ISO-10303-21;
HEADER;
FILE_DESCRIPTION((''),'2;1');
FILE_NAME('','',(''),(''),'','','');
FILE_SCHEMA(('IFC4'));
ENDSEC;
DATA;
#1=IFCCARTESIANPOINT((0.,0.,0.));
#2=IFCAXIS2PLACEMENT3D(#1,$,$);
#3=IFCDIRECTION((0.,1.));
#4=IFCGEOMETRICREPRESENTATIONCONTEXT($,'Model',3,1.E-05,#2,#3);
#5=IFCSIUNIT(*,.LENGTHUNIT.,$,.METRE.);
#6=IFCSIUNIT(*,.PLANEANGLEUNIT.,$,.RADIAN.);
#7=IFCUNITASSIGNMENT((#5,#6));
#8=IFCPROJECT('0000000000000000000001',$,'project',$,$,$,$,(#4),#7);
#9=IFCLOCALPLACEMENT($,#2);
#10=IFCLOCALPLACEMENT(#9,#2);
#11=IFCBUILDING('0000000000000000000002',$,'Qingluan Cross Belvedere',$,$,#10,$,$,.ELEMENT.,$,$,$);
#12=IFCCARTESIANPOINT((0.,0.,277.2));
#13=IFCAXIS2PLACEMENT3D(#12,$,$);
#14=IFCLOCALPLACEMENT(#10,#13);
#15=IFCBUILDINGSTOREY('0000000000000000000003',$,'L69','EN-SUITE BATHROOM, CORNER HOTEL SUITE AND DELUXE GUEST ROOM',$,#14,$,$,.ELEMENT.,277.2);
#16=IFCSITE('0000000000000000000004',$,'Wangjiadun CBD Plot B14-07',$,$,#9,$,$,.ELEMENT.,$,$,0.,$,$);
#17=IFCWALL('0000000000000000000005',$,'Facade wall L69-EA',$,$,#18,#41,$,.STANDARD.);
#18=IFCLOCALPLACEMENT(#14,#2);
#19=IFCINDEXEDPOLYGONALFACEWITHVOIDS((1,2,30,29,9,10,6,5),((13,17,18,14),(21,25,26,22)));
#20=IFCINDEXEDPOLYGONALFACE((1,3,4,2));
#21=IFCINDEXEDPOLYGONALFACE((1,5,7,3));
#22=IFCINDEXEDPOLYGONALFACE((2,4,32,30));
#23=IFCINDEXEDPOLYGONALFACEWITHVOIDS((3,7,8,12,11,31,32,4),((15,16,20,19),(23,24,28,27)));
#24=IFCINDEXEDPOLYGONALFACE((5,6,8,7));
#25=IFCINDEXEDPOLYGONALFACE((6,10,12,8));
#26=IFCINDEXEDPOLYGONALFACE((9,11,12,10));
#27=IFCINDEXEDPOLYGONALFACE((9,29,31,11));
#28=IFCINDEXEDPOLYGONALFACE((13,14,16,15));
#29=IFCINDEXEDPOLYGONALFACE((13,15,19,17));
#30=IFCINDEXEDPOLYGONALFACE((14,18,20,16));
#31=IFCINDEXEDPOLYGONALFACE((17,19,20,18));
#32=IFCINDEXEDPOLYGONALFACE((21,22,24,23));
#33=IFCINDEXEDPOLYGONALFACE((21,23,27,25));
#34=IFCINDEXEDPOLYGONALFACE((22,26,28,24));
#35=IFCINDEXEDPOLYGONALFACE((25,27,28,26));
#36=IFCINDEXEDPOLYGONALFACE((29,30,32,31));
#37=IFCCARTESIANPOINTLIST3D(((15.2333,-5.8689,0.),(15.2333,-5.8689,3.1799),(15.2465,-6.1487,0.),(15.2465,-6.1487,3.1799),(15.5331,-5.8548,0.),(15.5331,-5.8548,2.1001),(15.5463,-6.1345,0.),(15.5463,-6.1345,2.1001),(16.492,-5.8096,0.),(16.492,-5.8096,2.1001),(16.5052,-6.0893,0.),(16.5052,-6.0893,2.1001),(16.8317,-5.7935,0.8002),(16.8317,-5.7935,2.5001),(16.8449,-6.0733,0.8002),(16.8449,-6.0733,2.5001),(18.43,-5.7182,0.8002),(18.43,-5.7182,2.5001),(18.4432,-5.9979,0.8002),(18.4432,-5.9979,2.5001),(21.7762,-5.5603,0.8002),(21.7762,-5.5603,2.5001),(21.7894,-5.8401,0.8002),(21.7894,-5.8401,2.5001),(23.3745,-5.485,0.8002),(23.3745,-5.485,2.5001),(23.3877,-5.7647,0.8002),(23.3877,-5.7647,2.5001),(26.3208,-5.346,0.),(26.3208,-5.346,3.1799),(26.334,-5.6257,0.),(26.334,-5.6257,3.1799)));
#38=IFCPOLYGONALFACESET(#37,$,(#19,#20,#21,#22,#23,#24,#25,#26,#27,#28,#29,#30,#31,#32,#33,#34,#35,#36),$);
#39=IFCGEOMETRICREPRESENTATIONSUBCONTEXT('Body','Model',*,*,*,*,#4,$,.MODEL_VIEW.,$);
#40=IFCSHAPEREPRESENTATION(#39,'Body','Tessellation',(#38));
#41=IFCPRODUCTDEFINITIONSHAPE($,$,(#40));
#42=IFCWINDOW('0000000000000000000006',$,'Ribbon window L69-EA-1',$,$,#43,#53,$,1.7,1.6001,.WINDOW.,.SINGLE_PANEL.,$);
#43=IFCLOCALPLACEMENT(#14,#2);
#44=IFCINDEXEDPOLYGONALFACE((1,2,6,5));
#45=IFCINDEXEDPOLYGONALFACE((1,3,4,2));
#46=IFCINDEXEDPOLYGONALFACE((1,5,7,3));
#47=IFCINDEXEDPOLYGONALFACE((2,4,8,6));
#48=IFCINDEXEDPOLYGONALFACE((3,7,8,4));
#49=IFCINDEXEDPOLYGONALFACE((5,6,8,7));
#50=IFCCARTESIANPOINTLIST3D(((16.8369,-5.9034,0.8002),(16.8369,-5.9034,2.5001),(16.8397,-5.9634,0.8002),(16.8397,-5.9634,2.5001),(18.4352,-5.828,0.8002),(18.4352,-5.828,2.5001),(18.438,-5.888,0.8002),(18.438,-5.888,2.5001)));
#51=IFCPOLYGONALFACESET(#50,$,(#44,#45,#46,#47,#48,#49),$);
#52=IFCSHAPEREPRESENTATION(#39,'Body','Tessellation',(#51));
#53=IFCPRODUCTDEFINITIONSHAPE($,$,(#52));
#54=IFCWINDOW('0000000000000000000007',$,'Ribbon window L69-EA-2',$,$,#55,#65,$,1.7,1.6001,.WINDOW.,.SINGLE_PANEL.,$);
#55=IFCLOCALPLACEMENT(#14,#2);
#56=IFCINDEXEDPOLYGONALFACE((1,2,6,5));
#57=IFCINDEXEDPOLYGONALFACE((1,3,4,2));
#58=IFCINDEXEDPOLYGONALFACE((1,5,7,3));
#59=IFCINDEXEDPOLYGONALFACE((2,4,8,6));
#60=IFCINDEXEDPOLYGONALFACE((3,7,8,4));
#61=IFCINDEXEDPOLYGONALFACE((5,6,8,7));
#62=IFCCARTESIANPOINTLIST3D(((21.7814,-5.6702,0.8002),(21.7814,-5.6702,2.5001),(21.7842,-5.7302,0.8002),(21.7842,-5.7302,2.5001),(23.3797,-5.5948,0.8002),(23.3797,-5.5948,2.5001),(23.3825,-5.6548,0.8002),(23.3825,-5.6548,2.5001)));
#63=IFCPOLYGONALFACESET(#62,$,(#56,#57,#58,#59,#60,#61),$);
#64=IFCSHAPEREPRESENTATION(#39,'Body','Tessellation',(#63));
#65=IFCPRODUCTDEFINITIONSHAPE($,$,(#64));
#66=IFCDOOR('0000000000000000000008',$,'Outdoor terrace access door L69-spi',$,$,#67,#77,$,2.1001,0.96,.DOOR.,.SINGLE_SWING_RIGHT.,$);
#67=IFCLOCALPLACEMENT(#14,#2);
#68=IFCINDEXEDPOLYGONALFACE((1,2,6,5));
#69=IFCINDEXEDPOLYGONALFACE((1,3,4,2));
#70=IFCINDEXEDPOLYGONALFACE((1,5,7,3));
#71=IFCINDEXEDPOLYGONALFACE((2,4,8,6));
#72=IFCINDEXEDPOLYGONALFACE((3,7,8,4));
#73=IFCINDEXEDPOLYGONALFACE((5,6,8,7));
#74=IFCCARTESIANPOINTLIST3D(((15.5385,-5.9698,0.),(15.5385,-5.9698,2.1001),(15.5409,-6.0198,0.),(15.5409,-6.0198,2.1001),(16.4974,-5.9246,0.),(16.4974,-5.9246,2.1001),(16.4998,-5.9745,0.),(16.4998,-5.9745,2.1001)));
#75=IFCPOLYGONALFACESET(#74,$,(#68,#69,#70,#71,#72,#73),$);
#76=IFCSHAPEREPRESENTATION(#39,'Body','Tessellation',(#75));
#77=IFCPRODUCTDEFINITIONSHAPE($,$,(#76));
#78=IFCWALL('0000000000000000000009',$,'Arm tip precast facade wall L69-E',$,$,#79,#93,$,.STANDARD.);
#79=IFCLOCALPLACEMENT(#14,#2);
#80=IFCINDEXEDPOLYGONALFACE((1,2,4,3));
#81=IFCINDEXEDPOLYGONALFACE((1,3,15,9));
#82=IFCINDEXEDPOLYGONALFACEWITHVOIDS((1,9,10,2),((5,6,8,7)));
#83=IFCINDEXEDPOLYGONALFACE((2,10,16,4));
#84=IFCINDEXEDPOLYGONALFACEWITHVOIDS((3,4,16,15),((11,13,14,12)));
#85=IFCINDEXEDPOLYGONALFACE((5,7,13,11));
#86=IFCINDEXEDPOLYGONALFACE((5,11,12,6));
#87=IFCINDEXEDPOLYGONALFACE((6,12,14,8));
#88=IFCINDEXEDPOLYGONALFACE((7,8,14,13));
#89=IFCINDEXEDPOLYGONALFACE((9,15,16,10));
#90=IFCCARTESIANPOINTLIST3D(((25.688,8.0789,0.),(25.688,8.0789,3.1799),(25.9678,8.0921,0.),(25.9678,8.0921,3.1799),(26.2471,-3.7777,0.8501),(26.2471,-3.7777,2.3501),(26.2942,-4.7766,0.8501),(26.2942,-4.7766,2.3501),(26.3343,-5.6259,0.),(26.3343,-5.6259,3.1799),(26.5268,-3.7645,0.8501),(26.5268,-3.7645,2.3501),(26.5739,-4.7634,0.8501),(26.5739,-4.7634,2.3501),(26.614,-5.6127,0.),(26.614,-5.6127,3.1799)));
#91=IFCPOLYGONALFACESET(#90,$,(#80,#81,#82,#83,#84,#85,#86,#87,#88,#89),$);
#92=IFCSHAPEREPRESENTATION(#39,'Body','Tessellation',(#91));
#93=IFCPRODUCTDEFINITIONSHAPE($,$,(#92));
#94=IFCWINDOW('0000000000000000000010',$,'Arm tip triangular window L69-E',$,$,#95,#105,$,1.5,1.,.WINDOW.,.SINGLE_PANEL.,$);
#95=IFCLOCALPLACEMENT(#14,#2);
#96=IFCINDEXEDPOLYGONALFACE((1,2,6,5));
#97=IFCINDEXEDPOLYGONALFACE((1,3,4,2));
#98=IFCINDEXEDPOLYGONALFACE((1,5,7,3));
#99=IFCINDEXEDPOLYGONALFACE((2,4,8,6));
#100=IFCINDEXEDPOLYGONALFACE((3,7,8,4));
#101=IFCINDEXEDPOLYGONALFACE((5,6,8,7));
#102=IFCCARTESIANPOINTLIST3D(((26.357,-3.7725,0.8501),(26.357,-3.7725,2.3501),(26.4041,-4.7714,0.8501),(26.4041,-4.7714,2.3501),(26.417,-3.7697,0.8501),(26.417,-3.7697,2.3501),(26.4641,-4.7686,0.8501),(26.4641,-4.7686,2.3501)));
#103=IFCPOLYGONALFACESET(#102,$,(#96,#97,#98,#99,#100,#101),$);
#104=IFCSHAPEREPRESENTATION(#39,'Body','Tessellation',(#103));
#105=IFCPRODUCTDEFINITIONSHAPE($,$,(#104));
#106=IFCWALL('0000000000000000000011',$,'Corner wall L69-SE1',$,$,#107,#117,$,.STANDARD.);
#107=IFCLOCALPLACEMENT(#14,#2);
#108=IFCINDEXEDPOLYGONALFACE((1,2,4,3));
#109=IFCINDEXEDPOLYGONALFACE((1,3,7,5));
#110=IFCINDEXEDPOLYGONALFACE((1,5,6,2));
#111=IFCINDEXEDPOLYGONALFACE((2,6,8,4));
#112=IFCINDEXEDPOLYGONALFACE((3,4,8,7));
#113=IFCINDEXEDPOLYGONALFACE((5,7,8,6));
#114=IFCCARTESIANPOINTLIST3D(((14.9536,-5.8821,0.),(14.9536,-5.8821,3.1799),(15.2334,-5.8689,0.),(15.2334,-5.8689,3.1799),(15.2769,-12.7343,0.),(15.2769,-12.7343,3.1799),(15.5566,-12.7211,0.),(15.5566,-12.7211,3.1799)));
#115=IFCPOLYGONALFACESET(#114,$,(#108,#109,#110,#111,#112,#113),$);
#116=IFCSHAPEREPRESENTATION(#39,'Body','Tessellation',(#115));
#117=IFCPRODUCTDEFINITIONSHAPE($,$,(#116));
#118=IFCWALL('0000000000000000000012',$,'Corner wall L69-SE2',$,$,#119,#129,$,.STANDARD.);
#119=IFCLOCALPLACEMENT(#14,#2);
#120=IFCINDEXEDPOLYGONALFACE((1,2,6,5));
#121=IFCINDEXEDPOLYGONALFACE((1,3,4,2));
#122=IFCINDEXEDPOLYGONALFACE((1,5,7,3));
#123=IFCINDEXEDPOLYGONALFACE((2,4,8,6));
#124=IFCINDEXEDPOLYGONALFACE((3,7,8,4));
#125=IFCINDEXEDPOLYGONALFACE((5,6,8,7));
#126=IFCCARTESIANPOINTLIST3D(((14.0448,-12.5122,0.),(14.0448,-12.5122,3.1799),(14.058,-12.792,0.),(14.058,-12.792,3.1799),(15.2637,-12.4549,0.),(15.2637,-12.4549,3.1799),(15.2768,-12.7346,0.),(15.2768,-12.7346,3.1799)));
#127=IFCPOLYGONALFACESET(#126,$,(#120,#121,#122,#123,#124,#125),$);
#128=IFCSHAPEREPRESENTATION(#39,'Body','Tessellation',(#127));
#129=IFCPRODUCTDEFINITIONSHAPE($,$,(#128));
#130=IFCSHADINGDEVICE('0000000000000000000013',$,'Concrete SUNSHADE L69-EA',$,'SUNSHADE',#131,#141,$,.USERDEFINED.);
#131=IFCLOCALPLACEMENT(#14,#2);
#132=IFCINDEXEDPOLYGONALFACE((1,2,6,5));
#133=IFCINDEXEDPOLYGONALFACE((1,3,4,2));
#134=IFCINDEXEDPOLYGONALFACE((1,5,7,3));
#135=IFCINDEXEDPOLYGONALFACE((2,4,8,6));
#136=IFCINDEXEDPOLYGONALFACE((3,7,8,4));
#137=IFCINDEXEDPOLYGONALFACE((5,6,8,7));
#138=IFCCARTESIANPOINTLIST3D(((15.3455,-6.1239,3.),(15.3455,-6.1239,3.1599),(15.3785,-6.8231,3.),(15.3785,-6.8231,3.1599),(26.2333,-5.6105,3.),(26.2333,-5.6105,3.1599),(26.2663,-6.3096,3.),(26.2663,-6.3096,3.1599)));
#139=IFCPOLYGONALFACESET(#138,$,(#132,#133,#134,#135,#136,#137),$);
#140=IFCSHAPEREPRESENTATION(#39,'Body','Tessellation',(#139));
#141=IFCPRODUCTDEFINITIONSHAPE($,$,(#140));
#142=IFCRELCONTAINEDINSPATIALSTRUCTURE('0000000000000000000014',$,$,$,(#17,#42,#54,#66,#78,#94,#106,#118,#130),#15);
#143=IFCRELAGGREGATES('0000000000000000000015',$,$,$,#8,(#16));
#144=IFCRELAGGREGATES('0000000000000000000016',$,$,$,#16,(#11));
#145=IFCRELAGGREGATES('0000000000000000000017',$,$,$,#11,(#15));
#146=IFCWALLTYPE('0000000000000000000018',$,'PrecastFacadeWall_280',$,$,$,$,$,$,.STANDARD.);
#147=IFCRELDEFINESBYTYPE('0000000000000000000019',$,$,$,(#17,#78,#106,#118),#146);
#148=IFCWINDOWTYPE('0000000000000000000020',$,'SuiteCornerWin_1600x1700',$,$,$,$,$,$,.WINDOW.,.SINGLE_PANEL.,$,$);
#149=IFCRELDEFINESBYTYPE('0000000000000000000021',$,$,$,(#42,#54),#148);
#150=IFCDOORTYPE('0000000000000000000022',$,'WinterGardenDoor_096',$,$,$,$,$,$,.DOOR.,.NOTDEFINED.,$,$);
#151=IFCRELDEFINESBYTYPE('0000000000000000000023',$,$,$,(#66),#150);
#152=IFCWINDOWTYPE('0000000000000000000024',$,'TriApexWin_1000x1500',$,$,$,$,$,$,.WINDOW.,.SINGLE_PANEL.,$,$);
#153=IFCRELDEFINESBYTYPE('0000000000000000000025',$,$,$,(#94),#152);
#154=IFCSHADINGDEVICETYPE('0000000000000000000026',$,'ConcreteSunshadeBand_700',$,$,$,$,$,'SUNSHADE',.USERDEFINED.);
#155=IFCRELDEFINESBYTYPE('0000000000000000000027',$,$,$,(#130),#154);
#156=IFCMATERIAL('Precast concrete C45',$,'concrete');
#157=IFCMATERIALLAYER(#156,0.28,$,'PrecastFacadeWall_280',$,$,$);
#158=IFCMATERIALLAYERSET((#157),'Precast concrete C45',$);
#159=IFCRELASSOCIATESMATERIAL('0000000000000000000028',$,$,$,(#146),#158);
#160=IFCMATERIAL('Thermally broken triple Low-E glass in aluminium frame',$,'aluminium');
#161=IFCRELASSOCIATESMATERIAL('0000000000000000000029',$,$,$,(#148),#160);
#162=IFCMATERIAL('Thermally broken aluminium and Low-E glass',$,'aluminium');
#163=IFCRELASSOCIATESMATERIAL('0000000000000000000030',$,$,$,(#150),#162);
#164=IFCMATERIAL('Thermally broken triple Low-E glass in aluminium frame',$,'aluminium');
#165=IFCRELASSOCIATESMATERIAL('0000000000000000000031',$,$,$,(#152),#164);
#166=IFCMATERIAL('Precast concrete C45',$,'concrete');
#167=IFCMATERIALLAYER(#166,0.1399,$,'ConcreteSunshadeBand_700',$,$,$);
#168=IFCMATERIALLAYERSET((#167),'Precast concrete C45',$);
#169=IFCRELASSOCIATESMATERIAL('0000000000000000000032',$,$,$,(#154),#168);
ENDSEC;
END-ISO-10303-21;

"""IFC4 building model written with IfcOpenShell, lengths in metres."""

from ifc_helpers import new_model, si_unit, direction, frame, frame_2d, origin, origin_2d, place, context, subcontext, project, spatial, rectangle, extrude, material, layer, layer_set, type_object, element, fill, save


model = new_model("IFC4")

# Units and contexts
model_context = context("Model", 3, precision=1e-05, world=origin(), true_north=direction((0.0, 1.0)))
body_context = subcontext(model_context, "Body", "Model", "MODEL_VIEW")
ifc_project = project(units=[si_unit("LENGTHUNIT", "METRE"), si_unit("PLANEANGLEUNIT", "RADIAN")], contexts=[model_context])

# Site, building, storey
site_placement = place(None, origin())
site = spatial("IfcSite", under=ifc_project, at=site_placement, Name="Wangjiadun CBD Plot B14-07", CompositionType="ELEMENT", RefElevation=0.0)
building_placement = place(site_placement, origin())
building = spatial("IfcBuilding", under=site, at=building_placement, Name="Qingluan Cross Belvedere", CompositionType="ELEMENT")
storey_placement = place(building_placement, frame((0.0, 0.0, 277.2)))
storey = spatial("IfcBuildingStorey", under=building, at=storey_placement, Name="L69", Description="EN-SUITE BATHROOM, CORNER HOTEL SUITE AND DELUXE GUEST ROOM", CompositionType="ELEMENT", Elevation=277.2)

# Wall, openings, windows, door
ifc_material_1 = material(Name="Precast concrete C45", Category="concrete")
ifc_layer_1 = layer(ifc_material_1, 0.28, Name="PrecastFacadeWall_280")
ifc_layer_set_1 = layer_set([ifc_layer_1], Name="Precast concrete C45")
wall_type_1 = type_object("IfcWallType", Name="PrecastFacadeWall_280", PredefinedType="STANDARD", material=ifc_layer_set_1)
wall_1_placement = place(storey_placement, frame((15.24, -6.0088, 0.0), z_axis=(0.0, 0.0, 1.0), x_axis=(0.99889, 0.047113, 0.0)))
wall_1 = element("IfcWall", 1, at=wall_1_placement, inside=storey, type_object=wall_type_1, Name="Facade wall L69-EA", PredefinedType="STANDARD", context=body_context, shape_type="SweptSolid", body=[
    extrude(rectangle(XDim=11.0999, YDim=0.28, at=frame_2d((5.5498, 0.0))), origin(), (0.0, 0.0, 1.0), 3.1799),
])
opening_1_placement = place(wall_1_placement, frame((1.6001, 0.0, 0.8)))
opening_1 = element("IfcOpeningElement", 2, at=opening_1_placement, cuts=wall_1, PredefinedType="OPENING", context=body_context, shape_type="SweptSolid", body=[
    extrude(rectangle(XDim=1.6001, YDim=1.7, at=frame_2d((0.8, 0.8501))), frame((0.0, 0.1499, 0.0), z_axis=(0.0, -1.0, 0.0), x_axis=(1.0, 0.0, 0.0)), (0.0, 0.0, 1.0), 0.3),
])
opening_2_placement = place(wall_1_placement, frame((6.55, 0.0, 0.8)))
opening_2 = element("IfcOpeningElement", 3, at=opening_2_placement, cuts=wall_1, PredefinedType="OPENING", context=body_context, shape_type="SweptSolid", body=[
    extrude(rectangle(XDim=1.6001, YDim=1.7, at=frame_2d((0.8, 0.8501))), frame((0.0, 0.1499, 0.0), z_axis=(0.0, -1.0, 0.0), x_axis=(1.0, 0.0, 0.0)), (0.0, 0.0, 1.0), 0.3),
])
opening_3_placement = place(wall_1_placement, frame((0.3, 0.0, 0.0)))
opening_3 = element("IfcOpeningElement", 4, at=opening_3_placement, cuts=wall_1, PredefinedType="OPENING", context=body_context, shape_type="SweptSolid", body=[
    extrude(rectangle(XDim=0.96, YDim=2.1001, at=frame_2d((0.48, 1.05))), frame((0.0, 0.1499, 0.0), z_axis=(0.0, -1.0, 0.0), x_axis=(1.0, 0.0, 0.0)), (0.0, 0.0, 1.0), 0.3),
])
ifc_material_2 = material(Name="Thermally broken triple Low-E glass in aluminium frame", Category="aluminium")
window_type_1 = type_object("IfcWindowType", Name="SuiteCornerWin_1600x1700", PartitioningType="SINGLE_PANEL", PredefinedType="WINDOW", material=ifc_material_2)
window_1_placement = place(opening_1_placement, origin())
window_1 = element("IfcWindow", 5, at=window_1_placement, inside=storey, type_object=window_type_1, Name="Ribbon window L69-EA-1", OverallHeight=1.7, OverallWidth=1.6001, PartitioningType="SINGLE_PANEL", PredefinedType="WINDOW", context=body_context, shape_type="SweptSolid", body=[
    extrude(rectangle(XDim=1.6001, YDim=1.7, at=frame_2d((0.8, 0.8501))), frame((0.0, 0.03, 0.0), z_axis=(0.0, -1.0, 0.0), x_axis=(1.0, 0.0, 0.0)), (0.0, 0.0, 1.0), 0.0601),
])
fill(opening_1, window_1)
window_2_placement = place(opening_2_placement, origin())
window_2 = element("IfcWindow", 6, at=window_2_placement, inside=storey, type_object=window_type_1, Name="Ribbon window L69-EA-2", OverallHeight=1.7, OverallWidth=1.6001, PartitioningType="SINGLE_PANEL", PredefinedType="WINDOW", context=body_context, shape_type="SweptSolid", body=[
    extrude(rectangle(XDim=1.6001, YDim=1.7, at=frame_2d((0.8, 0.8501))), frame((0.0, 0.03, 0.0), z_axis=(0.0, -1.0, 0.0), x_axis=(1.0, 0.0, 0.0)), (0.0, 0.0, 1.0), 0.0601),
])
fill(opening_2, window_2)
ifc_material_3 = material(Name="Thermally broken aluminium and Low-E glass", Category="aluminium")
door_type_1 = type_object("IfcDoorType", Name="WinterGardenDoor_096", OperationType="NOTDEFINED", PredefinedType="DOOR", material=ifc_material_3)
door_1_placement = place(opening_3_placement, origin())
door_1 = element("IfcDoor", 7, at=door_1_placement, inside=storey, type_object=door_type_1, Name="Outdoor terrace access door L69-spi", OperationType="SINGLE_SWING_RIGHT", OverallHeight=2.1001, OverallWidth=0.96, PredefinedType="DOOR", context=body_context, shape_type="SweptSolid", body=[
    extrude(rectangle(XDim=0.96, YDim=2.1001, at=frame_2d((0.48, 1.05))), frame((0.0, 0.0249, 0.0), z_axis=(0.0, -1.0, 0.0), x_axis=(1.0, 0.0, 0.0)), (0.0, 0.0, 1.0), 0.05),
])
fill(opening_3, door_1)

# Wall, opening, window
wall_2_placement = place(storey_placement, frame((26.4741, -5.6191, 0.0), z_axis=(0.0, 0.0, 1.0), x_axis=(-0.047102, 0.99889, 0.0)))
wall_2 = element("IfcWall", 8, at=wall_2_placement, inside=storey, type_object=wall_type_1, Name="Arm tip precast facade wall L69-E", PredefinedType="STANDARD", context=body_context, shape_type="SweptSolid", body=[
    extrude(rectangle(XDim=13.72, YDim=0.28, at=frame_2d((6.8599, 0.0))), origin(), (0.0, 0.0, 1.0), 3.1799),
])
opening_4_placement = place(wall_2_placement, frame((0.8501, 0.0, 0.8501)))
opening_4 = element("IfcOpeningElement", 9, at=opening_4_placement, cuts=wall_2, PredefinedType="OPENING", context=body_context, shape_type="SweptSolid", body=[
    extrude(rectangle(XDim=1.0, YDim=1.5, at=frame_2d((0.5, 0.75))), frame((0.0, 0.1499, 0.0), z_axis=(0.0, -1.0, 0.0), x_axis=(1.0, 0.0, 0.0)), (0.0, 0.0, 1.0), 0.3),
])
ifc_material_4 = material(Name="Thermally broken triple Low-E glass in aluminium frame", Category="aluminium")
window_type_2 = type_object("IfcWindowType", Name="TriApexWin_1000x1500", PartitioningType="SINGLE_PANEL", PredefinedType="WINDOW", material=ifc_material_4)
window_3_placement = place(opening_4_placement, origin())
window_3 = element("IfcWindow", 10, at=window_3_placement, inside=storey, type_object=window_type_2, Name="Arm tip triangular window L69-E", OverallHeight=1.5, OverallWidth=1.0, PartitioningType="SINGLE_PANEL", PredefinedType="WINDOW", context=body_context, shape_type="SweptSolid", body=[
    extrude(rectangle(XDim=1.0, YDim=1.5, at=frame_2d((0.5, 0.75))), frame((0.0, 0.03, 0.0), z_axis=(0.0, -1.0, 0.0), x_axis=(1.0, 0.0, 0.0)), (0.0, 0.0, 1.0), 0.0601),
])
fill(opening_4, window_3)

# Walls
wall_3_placement = place(storey_placement, frame((15.0935, -5.8755, 0.0), z_axis=(0.0, 0.0, 1.0), x_axis=(0.04712, -0.998889, 0.0)))
element("IfcWall", 11, at=wall_3_placement, inside=storey, type_object=wall_type_1, Name="Corner wall L69-SE1", PredefinedType="STANDARD", context=body_context, shape_type="SweptSolid", body=[
    extrude(rectangle(XDim=6.8599, YDim=0.28, at=frame_2d((3.4299, 0.0))), origin(), (0.0, 0.0, 1.0), 3.1799),
])
wall_4_placement = place(storey_placement, frame((15.2703, -12.5947, 0.0), z_axis=(0.0, 0.0, 1.0), x_axis=(-0.998894, -0.047023, 0.0)))
element("IfcWall", 12, at=wall_4_placement, inside=storey, type_object=wall_type_1, Name="Corner wall L69-SE2", PredefinedType="STANDARD", context=body_context, shape_type="SweptSolid", body=[
    extrude(rectangle(XDim=1.2202, YDim=0.28, at=frame_2d((0.6101, 0.0))), origin(), (0.0, 0.0, 1.0), 3.1799),
])

# Shading device
ifc_material_5 = material(Name="Precast concrete C45", Category="concrete")
ifc_layer_2 = layer(ifc_material_5, 0.1399, Name="ConcreteSunshadeBand_700")
ifc_layer_set_2 = layer_set([ifc_layer_2], Name="Precast concrete C45")
shading_device_type = type_object("IfcShadingDeviceType", Name="ConcreteSunshadeBand_700", ElementType="SUNSHADE", PredefinedType="USERDEFINED", material=ifc_layer_set_2)
shading_device_placement = place(storey_placement, frame((20.8059, -6.2168, 3.0), z_axis=(0.0, 0.0, 1.0), x_axis=(0.99889, 0.047108, 0.0)))
element("IfcShadingDevice", 13, at=shading_device_placement, inside=storey, type_object=shading_device_type, Name="Concrete SUNSHADE L69-EA", ObjectType="SUNSHADE", PredefinedType="USERDEFINED", context=body_context, shape_type="SweptSolid", body=[
    extrude(rectangle(XDim=10.8999, YDim=0.7, at=origin_2d()), origin(), (0.0, 0.0, 1.0), 0.1599),
])

save(model, "model.ifc")
